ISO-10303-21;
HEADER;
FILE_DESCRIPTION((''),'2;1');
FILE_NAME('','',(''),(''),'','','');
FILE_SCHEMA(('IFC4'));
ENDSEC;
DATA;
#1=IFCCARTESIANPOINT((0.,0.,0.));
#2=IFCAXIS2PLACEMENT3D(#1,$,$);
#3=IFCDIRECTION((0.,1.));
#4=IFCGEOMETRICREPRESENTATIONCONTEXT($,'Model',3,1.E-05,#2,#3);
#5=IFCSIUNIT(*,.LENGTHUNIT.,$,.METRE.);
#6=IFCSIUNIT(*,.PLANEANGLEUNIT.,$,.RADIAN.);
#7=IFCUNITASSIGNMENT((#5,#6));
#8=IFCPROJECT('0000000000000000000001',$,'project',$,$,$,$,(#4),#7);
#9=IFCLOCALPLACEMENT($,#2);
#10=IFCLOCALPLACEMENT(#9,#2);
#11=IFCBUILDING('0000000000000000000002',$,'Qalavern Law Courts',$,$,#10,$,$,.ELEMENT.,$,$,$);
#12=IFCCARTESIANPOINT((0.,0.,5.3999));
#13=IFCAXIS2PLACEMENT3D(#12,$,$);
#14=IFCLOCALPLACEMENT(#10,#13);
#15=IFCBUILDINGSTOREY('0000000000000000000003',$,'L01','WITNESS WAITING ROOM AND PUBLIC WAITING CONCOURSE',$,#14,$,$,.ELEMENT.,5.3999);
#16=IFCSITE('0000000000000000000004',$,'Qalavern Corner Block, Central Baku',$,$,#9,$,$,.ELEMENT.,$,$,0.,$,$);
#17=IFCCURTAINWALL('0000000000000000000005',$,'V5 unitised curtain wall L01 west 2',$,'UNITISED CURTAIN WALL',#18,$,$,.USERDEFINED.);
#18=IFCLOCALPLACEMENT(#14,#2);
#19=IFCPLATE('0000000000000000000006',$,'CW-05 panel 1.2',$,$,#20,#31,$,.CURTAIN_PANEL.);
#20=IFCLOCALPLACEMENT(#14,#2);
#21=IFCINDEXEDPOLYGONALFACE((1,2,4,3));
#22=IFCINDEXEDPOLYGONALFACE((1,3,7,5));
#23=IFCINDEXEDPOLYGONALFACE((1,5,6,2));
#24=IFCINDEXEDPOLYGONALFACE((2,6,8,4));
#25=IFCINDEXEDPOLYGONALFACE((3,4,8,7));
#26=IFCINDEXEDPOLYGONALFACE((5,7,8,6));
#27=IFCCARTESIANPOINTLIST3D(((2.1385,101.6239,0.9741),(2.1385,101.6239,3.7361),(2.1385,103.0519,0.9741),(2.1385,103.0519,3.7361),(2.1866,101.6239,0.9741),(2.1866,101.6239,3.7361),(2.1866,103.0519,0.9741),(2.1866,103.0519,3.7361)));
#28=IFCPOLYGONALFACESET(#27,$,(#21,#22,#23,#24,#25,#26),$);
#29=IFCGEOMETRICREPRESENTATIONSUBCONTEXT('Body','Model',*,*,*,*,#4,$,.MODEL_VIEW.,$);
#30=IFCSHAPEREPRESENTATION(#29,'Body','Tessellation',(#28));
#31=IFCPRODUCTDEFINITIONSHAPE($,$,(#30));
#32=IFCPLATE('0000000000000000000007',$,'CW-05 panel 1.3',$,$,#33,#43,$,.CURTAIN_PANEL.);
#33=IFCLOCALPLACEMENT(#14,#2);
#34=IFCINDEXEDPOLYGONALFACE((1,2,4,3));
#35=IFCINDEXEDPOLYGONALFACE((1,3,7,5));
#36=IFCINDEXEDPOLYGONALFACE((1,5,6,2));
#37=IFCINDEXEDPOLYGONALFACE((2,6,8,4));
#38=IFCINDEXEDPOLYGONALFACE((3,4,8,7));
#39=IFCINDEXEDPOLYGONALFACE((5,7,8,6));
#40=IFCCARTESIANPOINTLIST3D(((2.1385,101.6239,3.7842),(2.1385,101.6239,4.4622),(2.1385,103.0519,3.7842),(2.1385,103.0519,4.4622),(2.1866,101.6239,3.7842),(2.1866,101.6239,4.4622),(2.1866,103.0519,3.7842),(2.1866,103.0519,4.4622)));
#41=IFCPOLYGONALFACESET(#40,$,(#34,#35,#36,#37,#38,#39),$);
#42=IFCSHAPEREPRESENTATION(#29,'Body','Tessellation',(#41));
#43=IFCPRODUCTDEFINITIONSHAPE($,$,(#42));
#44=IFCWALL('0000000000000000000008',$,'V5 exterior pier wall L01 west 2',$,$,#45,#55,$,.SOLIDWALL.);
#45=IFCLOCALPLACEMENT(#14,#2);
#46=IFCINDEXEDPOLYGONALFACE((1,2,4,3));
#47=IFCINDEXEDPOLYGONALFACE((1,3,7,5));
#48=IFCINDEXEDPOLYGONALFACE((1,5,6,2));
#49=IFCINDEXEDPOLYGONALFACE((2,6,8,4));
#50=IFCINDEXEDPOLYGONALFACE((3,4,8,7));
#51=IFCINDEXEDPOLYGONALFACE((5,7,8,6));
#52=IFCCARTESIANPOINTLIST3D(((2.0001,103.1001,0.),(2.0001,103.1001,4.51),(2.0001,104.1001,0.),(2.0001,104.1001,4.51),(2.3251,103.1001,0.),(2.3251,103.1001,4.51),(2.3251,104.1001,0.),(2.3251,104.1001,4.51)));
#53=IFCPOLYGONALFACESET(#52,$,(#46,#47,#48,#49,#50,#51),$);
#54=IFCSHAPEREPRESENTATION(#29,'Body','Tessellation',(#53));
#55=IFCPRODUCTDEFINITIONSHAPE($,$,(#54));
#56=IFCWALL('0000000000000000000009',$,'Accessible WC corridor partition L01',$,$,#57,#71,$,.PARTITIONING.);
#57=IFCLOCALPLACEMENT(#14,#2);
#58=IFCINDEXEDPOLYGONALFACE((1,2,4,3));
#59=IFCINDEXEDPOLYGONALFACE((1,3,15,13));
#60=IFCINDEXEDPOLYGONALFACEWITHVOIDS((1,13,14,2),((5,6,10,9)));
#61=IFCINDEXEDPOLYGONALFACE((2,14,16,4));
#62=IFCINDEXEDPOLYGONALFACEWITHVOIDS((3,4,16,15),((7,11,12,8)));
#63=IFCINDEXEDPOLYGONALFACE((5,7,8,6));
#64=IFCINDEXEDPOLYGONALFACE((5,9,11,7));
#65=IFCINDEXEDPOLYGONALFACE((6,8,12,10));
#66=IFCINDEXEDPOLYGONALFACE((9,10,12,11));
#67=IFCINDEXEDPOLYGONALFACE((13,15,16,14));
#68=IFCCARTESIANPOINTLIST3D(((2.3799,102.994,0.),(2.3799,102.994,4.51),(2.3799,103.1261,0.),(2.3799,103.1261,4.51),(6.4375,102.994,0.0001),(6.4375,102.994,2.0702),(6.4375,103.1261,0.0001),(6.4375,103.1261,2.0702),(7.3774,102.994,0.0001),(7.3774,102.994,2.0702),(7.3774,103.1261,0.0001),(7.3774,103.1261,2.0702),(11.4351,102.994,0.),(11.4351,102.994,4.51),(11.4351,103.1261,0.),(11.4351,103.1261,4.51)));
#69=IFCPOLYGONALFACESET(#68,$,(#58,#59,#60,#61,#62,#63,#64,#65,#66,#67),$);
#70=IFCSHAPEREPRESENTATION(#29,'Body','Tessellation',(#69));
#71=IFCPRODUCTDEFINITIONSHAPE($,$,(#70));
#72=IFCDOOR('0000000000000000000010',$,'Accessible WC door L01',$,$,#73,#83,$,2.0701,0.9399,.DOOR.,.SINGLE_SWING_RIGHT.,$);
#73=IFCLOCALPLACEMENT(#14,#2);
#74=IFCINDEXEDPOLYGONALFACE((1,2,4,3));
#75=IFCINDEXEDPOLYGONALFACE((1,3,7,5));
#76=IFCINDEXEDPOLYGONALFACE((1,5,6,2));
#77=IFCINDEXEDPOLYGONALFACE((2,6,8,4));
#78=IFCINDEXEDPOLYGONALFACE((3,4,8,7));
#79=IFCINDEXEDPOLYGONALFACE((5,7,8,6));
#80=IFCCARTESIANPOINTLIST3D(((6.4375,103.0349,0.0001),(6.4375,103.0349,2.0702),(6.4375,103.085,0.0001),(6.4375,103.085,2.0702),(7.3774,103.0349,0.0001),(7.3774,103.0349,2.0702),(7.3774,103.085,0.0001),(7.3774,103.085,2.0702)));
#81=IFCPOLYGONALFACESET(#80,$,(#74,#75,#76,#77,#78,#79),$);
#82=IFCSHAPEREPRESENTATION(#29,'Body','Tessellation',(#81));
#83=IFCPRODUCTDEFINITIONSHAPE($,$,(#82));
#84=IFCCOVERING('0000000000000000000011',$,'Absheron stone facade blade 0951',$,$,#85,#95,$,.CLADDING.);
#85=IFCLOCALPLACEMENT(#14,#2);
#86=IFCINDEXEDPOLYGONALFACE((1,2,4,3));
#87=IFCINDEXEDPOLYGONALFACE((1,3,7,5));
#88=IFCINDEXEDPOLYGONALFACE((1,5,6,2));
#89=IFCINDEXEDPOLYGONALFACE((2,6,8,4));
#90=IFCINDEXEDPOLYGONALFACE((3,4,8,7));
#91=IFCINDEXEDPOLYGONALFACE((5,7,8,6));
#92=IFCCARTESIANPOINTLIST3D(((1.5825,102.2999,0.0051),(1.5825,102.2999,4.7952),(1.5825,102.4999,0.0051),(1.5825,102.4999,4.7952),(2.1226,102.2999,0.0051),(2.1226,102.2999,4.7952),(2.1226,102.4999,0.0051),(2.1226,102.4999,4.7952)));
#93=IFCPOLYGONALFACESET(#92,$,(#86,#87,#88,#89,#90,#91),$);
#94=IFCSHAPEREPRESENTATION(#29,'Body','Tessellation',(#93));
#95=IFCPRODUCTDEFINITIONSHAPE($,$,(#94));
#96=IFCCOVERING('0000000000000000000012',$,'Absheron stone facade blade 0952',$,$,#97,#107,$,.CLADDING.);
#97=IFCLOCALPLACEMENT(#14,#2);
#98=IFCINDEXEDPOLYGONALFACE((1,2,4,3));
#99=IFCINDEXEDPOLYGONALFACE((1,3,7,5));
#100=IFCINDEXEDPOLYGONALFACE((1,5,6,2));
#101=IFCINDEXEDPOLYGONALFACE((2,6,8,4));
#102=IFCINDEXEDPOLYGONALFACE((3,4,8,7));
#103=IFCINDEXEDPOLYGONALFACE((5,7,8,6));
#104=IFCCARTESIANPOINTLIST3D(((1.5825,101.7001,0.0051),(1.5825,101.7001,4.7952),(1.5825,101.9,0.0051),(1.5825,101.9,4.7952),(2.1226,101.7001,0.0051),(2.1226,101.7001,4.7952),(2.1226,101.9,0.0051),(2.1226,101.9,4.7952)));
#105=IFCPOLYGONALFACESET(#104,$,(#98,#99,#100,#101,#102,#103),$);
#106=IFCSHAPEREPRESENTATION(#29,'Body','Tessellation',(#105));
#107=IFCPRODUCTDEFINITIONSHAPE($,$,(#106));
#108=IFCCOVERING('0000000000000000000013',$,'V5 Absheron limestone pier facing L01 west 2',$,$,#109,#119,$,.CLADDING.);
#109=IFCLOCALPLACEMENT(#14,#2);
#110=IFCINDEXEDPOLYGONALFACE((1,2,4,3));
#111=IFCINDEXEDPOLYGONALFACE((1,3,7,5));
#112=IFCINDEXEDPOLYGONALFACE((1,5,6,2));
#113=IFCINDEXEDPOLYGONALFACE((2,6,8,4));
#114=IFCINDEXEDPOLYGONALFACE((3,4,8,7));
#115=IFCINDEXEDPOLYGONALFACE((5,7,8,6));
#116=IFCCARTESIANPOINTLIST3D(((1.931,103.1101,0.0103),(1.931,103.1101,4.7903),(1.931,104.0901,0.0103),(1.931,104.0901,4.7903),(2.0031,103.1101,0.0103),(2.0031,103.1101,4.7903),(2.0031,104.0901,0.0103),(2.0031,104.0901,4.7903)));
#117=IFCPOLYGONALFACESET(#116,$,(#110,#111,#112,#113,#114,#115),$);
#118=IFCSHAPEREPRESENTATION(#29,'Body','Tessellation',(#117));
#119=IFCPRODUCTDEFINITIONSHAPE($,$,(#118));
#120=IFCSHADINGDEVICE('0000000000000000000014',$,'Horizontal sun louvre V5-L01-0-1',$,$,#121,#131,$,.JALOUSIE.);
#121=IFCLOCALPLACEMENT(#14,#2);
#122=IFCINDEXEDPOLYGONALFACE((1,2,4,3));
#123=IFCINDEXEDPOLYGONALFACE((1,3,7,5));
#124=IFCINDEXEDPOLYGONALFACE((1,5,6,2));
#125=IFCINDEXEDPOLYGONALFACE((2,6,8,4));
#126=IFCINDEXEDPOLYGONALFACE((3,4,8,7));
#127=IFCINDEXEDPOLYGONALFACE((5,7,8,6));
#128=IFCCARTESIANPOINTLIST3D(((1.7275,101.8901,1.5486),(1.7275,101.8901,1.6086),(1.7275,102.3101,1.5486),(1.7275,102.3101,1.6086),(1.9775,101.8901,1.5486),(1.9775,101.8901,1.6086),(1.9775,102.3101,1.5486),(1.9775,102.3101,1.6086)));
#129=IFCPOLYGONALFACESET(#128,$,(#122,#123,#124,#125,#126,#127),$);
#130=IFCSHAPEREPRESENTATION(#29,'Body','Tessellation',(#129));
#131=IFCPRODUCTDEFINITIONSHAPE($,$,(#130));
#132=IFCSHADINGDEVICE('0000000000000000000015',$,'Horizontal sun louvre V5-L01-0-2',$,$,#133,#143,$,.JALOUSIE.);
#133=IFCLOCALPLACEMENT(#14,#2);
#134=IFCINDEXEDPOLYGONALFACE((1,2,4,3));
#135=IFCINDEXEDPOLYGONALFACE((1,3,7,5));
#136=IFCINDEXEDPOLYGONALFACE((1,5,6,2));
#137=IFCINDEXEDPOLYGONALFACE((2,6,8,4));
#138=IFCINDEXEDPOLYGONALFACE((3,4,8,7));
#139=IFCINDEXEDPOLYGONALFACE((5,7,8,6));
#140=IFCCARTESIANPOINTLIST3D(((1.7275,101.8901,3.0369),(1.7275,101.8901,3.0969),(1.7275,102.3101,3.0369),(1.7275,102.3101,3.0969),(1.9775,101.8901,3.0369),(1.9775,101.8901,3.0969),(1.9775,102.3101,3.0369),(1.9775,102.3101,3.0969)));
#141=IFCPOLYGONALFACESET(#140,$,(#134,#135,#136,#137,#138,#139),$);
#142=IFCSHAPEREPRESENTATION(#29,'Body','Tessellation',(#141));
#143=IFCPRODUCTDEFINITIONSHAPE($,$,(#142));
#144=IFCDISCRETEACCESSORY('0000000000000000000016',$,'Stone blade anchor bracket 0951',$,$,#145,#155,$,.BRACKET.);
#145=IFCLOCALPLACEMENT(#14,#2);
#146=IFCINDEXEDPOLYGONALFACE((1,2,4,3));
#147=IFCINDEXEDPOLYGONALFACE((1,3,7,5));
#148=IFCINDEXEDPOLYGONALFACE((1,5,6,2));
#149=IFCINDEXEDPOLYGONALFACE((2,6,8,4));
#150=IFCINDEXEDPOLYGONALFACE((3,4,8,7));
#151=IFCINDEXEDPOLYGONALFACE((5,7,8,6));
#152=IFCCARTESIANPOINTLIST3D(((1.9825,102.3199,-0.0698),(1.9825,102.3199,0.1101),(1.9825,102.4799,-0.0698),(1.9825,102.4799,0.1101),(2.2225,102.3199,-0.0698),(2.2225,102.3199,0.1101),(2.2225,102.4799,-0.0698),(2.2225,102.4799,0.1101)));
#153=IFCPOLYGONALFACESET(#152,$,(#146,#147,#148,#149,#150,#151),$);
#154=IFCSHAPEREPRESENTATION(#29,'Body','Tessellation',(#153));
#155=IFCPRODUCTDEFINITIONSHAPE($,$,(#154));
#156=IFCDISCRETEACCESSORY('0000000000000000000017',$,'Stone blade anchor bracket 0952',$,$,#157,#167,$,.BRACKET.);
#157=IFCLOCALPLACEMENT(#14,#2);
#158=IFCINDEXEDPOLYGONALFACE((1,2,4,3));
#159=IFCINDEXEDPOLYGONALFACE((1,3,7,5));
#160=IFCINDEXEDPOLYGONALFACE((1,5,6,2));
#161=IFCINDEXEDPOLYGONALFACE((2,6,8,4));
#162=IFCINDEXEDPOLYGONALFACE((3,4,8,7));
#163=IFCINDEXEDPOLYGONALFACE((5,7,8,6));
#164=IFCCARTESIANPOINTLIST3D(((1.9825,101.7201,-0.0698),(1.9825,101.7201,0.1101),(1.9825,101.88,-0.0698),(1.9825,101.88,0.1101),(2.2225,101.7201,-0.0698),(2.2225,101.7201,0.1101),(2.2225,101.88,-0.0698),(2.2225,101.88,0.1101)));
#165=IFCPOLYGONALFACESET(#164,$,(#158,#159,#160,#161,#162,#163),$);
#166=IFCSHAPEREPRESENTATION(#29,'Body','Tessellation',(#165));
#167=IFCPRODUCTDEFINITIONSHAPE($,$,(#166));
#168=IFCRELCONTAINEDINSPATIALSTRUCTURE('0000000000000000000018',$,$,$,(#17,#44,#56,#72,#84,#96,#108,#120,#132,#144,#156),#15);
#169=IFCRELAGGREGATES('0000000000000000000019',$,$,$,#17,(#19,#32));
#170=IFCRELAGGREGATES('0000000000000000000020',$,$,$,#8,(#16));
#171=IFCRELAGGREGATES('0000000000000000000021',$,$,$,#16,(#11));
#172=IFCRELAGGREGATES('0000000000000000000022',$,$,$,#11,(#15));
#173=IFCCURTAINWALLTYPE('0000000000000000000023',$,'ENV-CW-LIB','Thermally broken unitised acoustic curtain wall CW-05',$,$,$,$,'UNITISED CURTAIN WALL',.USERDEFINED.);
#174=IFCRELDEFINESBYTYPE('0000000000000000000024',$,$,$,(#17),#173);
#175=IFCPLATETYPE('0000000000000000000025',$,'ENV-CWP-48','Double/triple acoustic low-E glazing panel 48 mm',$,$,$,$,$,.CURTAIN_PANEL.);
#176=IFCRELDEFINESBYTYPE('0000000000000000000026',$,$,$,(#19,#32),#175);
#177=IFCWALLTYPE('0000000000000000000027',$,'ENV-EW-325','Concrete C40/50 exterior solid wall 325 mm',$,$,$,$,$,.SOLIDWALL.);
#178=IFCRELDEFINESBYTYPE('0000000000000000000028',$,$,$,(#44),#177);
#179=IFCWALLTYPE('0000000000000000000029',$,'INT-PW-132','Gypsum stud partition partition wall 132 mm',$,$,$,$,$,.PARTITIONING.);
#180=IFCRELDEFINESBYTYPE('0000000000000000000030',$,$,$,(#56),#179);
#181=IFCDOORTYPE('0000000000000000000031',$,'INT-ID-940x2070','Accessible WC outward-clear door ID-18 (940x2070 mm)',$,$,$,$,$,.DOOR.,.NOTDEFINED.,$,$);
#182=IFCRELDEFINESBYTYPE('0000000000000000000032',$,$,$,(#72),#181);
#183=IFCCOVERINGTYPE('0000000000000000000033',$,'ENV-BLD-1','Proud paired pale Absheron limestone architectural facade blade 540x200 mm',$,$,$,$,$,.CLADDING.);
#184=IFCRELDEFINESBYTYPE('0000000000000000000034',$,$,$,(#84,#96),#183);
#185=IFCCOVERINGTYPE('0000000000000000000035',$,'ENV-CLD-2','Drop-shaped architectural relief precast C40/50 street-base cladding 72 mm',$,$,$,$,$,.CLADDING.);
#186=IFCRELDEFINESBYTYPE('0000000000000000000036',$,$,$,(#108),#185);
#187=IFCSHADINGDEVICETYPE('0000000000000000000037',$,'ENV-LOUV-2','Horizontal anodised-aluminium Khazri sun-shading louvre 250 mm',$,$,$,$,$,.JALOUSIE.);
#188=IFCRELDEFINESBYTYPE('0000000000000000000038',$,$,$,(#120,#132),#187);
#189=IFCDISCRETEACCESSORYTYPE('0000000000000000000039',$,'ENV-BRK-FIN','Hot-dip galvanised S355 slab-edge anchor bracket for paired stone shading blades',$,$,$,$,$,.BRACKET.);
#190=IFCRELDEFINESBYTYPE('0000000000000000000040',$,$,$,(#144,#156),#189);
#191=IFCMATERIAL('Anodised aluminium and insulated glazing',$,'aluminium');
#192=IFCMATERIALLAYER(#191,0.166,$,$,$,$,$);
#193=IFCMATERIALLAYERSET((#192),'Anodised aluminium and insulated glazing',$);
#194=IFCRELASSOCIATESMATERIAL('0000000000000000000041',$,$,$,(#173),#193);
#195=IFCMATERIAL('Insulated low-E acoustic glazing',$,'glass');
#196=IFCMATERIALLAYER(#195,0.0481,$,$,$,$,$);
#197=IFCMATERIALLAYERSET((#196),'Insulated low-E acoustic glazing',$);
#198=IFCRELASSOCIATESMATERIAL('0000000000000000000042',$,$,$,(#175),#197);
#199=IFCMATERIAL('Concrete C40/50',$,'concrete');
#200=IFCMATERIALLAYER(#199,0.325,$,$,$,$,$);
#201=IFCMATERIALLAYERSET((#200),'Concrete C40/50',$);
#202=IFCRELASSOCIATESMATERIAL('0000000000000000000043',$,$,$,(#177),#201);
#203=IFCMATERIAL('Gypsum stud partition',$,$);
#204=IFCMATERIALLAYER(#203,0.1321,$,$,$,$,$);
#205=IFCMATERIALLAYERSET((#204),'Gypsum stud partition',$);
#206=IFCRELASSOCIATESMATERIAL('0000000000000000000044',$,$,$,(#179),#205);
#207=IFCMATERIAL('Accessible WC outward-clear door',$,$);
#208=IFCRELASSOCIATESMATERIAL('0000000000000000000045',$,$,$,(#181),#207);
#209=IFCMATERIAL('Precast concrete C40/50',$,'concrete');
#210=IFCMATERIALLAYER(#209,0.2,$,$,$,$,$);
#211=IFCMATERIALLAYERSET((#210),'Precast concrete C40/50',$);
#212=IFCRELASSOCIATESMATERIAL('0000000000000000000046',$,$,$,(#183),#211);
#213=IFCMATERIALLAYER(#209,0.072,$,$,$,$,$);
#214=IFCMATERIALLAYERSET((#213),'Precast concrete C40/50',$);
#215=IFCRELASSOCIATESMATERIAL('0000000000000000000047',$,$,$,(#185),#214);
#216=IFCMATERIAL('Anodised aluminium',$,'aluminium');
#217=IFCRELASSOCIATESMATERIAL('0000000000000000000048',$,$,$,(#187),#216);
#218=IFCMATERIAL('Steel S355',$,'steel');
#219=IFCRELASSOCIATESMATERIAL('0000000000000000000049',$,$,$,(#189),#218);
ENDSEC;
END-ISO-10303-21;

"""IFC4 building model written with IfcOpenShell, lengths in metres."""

from ifc_helpers import new_model, si_unit, direction, frame, frame_2d, origin, origin_2d, place, context, subcontext, project, spatial, rectangle, extrude, material, layer, layer_set, type_object, element, fill, aggregate, save


model = new_model("IFC4")

# Units and contexts
model_context = context("Model", 3, precision=1e-05, world=origin(), true_north=direction((0.0, 1.0)))
body_context = subcontext(model_context, "Body", "Model", "MODEL_VIEW")
ifc_project = project(units=[si_unit("LENGTHUNIT", "METRE"), si_unit("PLANEANGLEUNIT", "RADIAN")], contexts=[model_context])

# Site, building, storey
site_placement = place(None, origin())
site = spatial("IfcSite", under=ifc_project, at=site_placement, Name="Qalavern Corner Block, Central Baku", CompositionType="ELEMENT", RefElevation=0.0)
building_placement = place(site_placement, origin())
building = spatial("IfcBuilding", under=site, at=building_placement, Name="Qalavern Law Courts", CompositionType="ELEMENT")
storey_placement = place(building_placement, frame((0.0, 0.0, 5.3999)))
storey = spatial("IfcBuildingStorey", under=building, at=storey_placement, Name="L01", Description="WITNESS WAITING ROOM AND PUBLIC WAITING CONCOURSE", CompositionType="ELEMENT", Elevation=5.3999)

# Shared definitions
ifc_material_1 = material(Name="Anodised aluminium and insulated glazing", Category="aluminium")
ifc_layer_1 = layer(ifc_material_1, 0.166)
ifc_layer_set_1 = layer_set([ifc_layer_1], Name="Anodised aluminium and insulated glazing")
curtain_wall_type = type_object("IfcCurtainWallType", Name="ENV-CW-LIB", Description="Thermally broken unitised acoustic curtain wall CW-05", ElementType="UNITISED CURTAIN WALL", PredefinedType="USERDEFINED", material=ifc_layer_set_1)
ifc_material_2 = material(Name="Anodised aluminium", Category="aluminium")

# Curtain wall
curtain_wall_1_placement = place(storey_placement, origin())
curtain_wall_1 = element("IfcCurtainWall", 1, at=curtain_wall_1_placement, inside=storey, type_object=curtain_wall_type, Name="V5 unitised curtain wall L01 west 2", ObjectType="UNITISED CURTAIN WALL", PredefinedType="USERDEFINED")

# Shared definitions
ifc_material_3 = material(Name="Concrete C40/50", Category="concrete")

# Plates
ifc_material_4 = material(Name="Insulated low-E acoustic glazing", Category="glass")
ifc_layer_2 = layer(ifc_material_4, 0.0481)
ifc_layer_set_2 = layer_set([ifc_layer_2], Name="Insulated low-E acoustic glazing")
plate_type_1 = type_object("IfcPlateType", Name="ENV-CWP-48", Description="Double/triple acoustic low-E glazing panel 48 mm", PredefinedType="CURTAIN_PANEL", material=ifc_layer_set_2)
plate_1_placement = place(storey_placement, frame((2.1626, 102.3379, 0.9741), z_axis=(0.0, 0.0, 1.0), x_axis=(0.0, -1.0, 0.0)))
plate_1 = element("IfcPlate", 2, at=plate_1_placement, type_object=plate_type_1, Name="CW-05 panel 1.2", PredefinedType="CURTAIN_PANEL", context=body_context, shape_type="SweptSolid", body=[
    extrude(rectangle(XDim=1.428, YDim=0.0481, at=origin_2d()), origin(), (0.0, 0.0, 1.0), 2.762),
])
plate_2_placement = place(storey_placement, frame((2.1626, 102.3379, 3.7842), z_axis=(0.0, 0.0, 1.0), x_axis=(0.0, -1.0, 0.0)))
plate_2 = element("IfcPlate", 3, at=plate_2_placement, type_object=plate_type_1, Name="CW-05 panel 1.3", PredefinedType="CURTAIN_PANEL", context=body_context, shape_type="SweptSolid", body=[
    extrude(rectangle(XDim=1.428, YDim=0.0481, at=origin_2d()), origin(), (0.0, 0.0, 1.0), 0.678),
])
aggregate(curtain_wall_1, [plate_1, plate_2])

# Wall
ifc_layer_3 = layer(ifc_material_3, 0.325)
ifc_layer_set_3 = layer_set([ifc_layer_3], Name="Concrete C40/50")
wall_type_1 = type_object("IfcWallType", Name="ENV-EW-325", Description="Concrete C40/50 exterior solid wall 325 mm", PredefinedType="SOLIDWALL", material=ifc_layer_set_3)
wall_1_placement = place(storey_placement, frame((2.1626, 104.1001, 0.0), z_axis=(0.0, 0.0, 1.0), x_axis=(0.0, -1.0, 0.0)))
element("IfcWall", 4, at=wall_1_placement, inside=storey, type_object=wall_type_1, Name="V5 exterior pier wall L01 west 2", PredefinedType="SOLIDWALL", context=body_context, shape_type="SweptSolid", body=[
    extrude(rectangle(XDim=1.0, YDim=0.325, at=frame_2d((0.5, 0.0))), origin(), (0.0, 0.0, 1.0), 4.51),
])

# Wall, opening, door
ifc_material_5 = material(Name="Gypsum stud partition")
ifc_layer_4 = layer(ifc_material_5, 0.1321)
ifc_layer_set_4 = layer_set([ifc_layer_4], Name="Gypsum stud partition")
wall_type_2 = type_object("IfcWallType", Name="INT-PW-132", Description="Gypsum stud partition partition wall 132 mm", PredefinedType="PARTITIONING", material=ifc_layer_set_4)
wall_2_placement = place(storey_placement, frame((2.3799, 103.0601, 0.0), z_axis=(0.0, 0.0, 1.0), x_axis=(1.0, 0.0, 0.0)))
wall_2 = element("IfcWall", 5, at=wall_2_placement, inside=storey, type_object=wall_type_2, Name="Accessible WC corridor partition L01", PredefinedType="PARTITIONING", context=body_context, shape_type="SweptSolid", body=[
    extrude(rectangle(XDim=9.0552, YDim=0.1321, at=frame_2d((4.5276, 0.0))), origin(), (0.0, 0.0, 1.0), 4.51),
])
opening_placement = place(wall_2_placement, frame((4.0576, 0.0, 0.0)))
opening = element("IfcOpeningElement", 6, at=opening_placement, cuts=wall_2, PredefinedType="OPENING", context=body_context, shape_type="SweptSolid", body=[
    extrude(rectangle(XDim=0.9399, YDim=2.0701, at=frame_2d((0.47, 1.0352))), frame((0.0, 0.0811, 0.0), z_axis=(0.0, -1.0, 0.0), x_axis=(1.0, 0.0, 0.0)), (0.0, 0.0, 1.0), 0.1619),
])
ifc_material_6 = material(Name="Accessible WC outward-clear door")
door_type = type_object("IfcDoorType", Name="INT-ID-940x2070", Description="Accessible WC outward-clear door ID-18 (940x2070 mm)", OperationType="NOTDEFINED", PredefinedType="DOOR", material=ifc_material_6)
door_placement = place(opening_placement, origin())
door = element("IfcDoor", 7, at=door_placement, inside=storey, type_object=door_type, Name="Accessible WC door L01", OperationType="SINGLE_SWING_RIGHT", OverallHeight=2.0701, OverallWidth=0.9399, PredefinedType="DOOR", context=body_context, shape_type="SweptSolid", body=[
    extrude(rectangle(XDim=0.9399, YDim=2.0701, at=frame_2d((0.47, 1.0352))), frame((0.0, 0.0249, 0.0), z_axis=(0.0, -1.0, 0.0), x_axis=(1.0, 0.0, 0.0)), (0.0, 0.0, 1.0), 0.05),
])
fill(opening, door)

# Coverings
ifc_material_7 = material(Name="Precast concrete C40/50", Category="concrete")
ifc_layer_5 = layer(ifc_material_7, 0.2)
ifc_layer_set_5 = layer_set([ifc_layer_5], Name="Precast concrete C40/50")
covering_type_1 = type_object("IfcCoveringType", Name="ENV-BLD-1", Description="Proud paired pale Absheron limestone architectural facade blade 540x200 mm", PredefinedType="CLADDING", material=ifc_layer_set_5)
for number, where, z_axis, x_axis, name in (
    (8, (1.8525, 102.3999, 0.0051), (0.0, 0.0, 1.0), (-1.0, 0.0, 0.0), "Absheron stone facade blade 0951"),
    (9, (1.8525, 101.8, 0.0051), (0.0, 0.0, 1.0), (-1.0, 0.0, 0.0), "Absheron stone facade blade 0952"),
):
    element("IfcCovering", number, at=place(storey_placement, frame(where, z_axis=z_axis, x_axis=x_axis)), inside=storey, type_object=covering_type_1, Name=name, PredefinedType="CLADDING", context=body_context, shape_type="SweptSolid", body=[
        extrude(rectangle(XDim=0.54, YDim=0.2, at=origin_2d()), origin(), (0.0, 0.0, 1.0), 4.79),
    ])
ifc_layer_6 = layer(ifc_material_7, 0.072)
ifc_layer_set_6 = layer_set([ifc_layer_6], Name="Precast concrete C40/50")
covering_type_2 = type_object("IfcCoveringType", Name="ENV-CLD-2", Description="Drop-shaped architectural relief precast C40/50 street-base cladding 72 mm", PredefinedType="CLADDING", material=ifc_layer_set_6)
covering_placement = place(storey_placement, frame((1.967, 103.6001, 0.0103), z_axis=(0.0, 0.0, 1.0), x_axis=(0.0, -1.0, 0.0)))
element("IfcCovering", 10, at=covering_placement, inside=storey, type_object=covering_type_2, Name="V5 Absheron limestone pier facing L01 west 2", PredefinedType="CLADDING", context=body_context, shape_type="SweptSolid", body=[
    extrude(rectangle(XDim=0.98, YDim=0.072, at=origin_2d()), origin(), (0.0, 0.0, 1.0), 4.78),
])

# Shading devices
shading_device_type = type_object("IfcShadingDeviceType", Name="ENV-LOUV-2", Description="Horizontal anodised-aluminium Khazri sun-shading louvre 250 mm", PredefinedType="JALOUSIE", material=ifc_material_2)
for number, where, z_axis, x_axis, name in (
    (11, (1.8525, 102.1001, 1.5486), (0.0, 0.0, 1.0), (0.0, -1.0, 0.0), "Horizontal sun louvre V5-L01-0-1"),
    (12, (1.8525, 102.1001, 3.0369), (0.0, 0.0, 1.0), (0.0, -1.0, 0.0), "Horizontal sun louvre V5-L01-0-2"),
):
    element("IfcShadingDevice", number, at=place(storey_placement, frame(where, z_axis=z_axis, x_axis=x_axis)), inside=storey, type_object=shading_device_type, Name=name, PredefinedType="JALOUSIE", context=body_context, shape_type="SweptSolid", body=[
        extrude(rectangle(XDim=0.4199, YDim=0.25, at=origin_2d()), origin(), (0.0, 0.0, 1.0), 0.0601),
    ])

# Discrete accessories
ifc_material_8 = material(Name="Steel S355", Category="steel")
discrete_accessory_type = type_object("IfcDiscreteAccessoryType", Name="ENV-BRK-FIN", Description="Hot-dip galvanised S355 slab-edge anchor bracket for paired stone shading blades", PredefinedType="BRACKET", material=ifc_material_8)
for number, where, z_axis, x_axis, name in (
    (13, (2.1025, 102.3999, -0.0698), (0.0, 0.0, 1.0), (-1.0, 0.0, 0.0), "Stone blade anchor bracket 0951"),
    (14, (2.1025, 101.8, -0.0698), (0.0, 0.0, 1.0), (-1.0, 0.0, 0.0), "Stone blade anchor bracket 0952"),
):
    element("IfcDiscreteAccessory", number, at=place(storey_placement, frame(where, z_axis=z_axis, x_axis=x_axis)), inside=storey, type_object=discrete_accessory_type, Name=name, PredefinedType="BRACKET", context=body_context, shape_type="SweptSolid", body=[
        extrude(rectangle(XDim=0.24, YDim=0.1599, at=origin_2d()), origin(), (0.0, 0.0, 1.0), 0.1799),
    ])

save(model, "model.ifc")
